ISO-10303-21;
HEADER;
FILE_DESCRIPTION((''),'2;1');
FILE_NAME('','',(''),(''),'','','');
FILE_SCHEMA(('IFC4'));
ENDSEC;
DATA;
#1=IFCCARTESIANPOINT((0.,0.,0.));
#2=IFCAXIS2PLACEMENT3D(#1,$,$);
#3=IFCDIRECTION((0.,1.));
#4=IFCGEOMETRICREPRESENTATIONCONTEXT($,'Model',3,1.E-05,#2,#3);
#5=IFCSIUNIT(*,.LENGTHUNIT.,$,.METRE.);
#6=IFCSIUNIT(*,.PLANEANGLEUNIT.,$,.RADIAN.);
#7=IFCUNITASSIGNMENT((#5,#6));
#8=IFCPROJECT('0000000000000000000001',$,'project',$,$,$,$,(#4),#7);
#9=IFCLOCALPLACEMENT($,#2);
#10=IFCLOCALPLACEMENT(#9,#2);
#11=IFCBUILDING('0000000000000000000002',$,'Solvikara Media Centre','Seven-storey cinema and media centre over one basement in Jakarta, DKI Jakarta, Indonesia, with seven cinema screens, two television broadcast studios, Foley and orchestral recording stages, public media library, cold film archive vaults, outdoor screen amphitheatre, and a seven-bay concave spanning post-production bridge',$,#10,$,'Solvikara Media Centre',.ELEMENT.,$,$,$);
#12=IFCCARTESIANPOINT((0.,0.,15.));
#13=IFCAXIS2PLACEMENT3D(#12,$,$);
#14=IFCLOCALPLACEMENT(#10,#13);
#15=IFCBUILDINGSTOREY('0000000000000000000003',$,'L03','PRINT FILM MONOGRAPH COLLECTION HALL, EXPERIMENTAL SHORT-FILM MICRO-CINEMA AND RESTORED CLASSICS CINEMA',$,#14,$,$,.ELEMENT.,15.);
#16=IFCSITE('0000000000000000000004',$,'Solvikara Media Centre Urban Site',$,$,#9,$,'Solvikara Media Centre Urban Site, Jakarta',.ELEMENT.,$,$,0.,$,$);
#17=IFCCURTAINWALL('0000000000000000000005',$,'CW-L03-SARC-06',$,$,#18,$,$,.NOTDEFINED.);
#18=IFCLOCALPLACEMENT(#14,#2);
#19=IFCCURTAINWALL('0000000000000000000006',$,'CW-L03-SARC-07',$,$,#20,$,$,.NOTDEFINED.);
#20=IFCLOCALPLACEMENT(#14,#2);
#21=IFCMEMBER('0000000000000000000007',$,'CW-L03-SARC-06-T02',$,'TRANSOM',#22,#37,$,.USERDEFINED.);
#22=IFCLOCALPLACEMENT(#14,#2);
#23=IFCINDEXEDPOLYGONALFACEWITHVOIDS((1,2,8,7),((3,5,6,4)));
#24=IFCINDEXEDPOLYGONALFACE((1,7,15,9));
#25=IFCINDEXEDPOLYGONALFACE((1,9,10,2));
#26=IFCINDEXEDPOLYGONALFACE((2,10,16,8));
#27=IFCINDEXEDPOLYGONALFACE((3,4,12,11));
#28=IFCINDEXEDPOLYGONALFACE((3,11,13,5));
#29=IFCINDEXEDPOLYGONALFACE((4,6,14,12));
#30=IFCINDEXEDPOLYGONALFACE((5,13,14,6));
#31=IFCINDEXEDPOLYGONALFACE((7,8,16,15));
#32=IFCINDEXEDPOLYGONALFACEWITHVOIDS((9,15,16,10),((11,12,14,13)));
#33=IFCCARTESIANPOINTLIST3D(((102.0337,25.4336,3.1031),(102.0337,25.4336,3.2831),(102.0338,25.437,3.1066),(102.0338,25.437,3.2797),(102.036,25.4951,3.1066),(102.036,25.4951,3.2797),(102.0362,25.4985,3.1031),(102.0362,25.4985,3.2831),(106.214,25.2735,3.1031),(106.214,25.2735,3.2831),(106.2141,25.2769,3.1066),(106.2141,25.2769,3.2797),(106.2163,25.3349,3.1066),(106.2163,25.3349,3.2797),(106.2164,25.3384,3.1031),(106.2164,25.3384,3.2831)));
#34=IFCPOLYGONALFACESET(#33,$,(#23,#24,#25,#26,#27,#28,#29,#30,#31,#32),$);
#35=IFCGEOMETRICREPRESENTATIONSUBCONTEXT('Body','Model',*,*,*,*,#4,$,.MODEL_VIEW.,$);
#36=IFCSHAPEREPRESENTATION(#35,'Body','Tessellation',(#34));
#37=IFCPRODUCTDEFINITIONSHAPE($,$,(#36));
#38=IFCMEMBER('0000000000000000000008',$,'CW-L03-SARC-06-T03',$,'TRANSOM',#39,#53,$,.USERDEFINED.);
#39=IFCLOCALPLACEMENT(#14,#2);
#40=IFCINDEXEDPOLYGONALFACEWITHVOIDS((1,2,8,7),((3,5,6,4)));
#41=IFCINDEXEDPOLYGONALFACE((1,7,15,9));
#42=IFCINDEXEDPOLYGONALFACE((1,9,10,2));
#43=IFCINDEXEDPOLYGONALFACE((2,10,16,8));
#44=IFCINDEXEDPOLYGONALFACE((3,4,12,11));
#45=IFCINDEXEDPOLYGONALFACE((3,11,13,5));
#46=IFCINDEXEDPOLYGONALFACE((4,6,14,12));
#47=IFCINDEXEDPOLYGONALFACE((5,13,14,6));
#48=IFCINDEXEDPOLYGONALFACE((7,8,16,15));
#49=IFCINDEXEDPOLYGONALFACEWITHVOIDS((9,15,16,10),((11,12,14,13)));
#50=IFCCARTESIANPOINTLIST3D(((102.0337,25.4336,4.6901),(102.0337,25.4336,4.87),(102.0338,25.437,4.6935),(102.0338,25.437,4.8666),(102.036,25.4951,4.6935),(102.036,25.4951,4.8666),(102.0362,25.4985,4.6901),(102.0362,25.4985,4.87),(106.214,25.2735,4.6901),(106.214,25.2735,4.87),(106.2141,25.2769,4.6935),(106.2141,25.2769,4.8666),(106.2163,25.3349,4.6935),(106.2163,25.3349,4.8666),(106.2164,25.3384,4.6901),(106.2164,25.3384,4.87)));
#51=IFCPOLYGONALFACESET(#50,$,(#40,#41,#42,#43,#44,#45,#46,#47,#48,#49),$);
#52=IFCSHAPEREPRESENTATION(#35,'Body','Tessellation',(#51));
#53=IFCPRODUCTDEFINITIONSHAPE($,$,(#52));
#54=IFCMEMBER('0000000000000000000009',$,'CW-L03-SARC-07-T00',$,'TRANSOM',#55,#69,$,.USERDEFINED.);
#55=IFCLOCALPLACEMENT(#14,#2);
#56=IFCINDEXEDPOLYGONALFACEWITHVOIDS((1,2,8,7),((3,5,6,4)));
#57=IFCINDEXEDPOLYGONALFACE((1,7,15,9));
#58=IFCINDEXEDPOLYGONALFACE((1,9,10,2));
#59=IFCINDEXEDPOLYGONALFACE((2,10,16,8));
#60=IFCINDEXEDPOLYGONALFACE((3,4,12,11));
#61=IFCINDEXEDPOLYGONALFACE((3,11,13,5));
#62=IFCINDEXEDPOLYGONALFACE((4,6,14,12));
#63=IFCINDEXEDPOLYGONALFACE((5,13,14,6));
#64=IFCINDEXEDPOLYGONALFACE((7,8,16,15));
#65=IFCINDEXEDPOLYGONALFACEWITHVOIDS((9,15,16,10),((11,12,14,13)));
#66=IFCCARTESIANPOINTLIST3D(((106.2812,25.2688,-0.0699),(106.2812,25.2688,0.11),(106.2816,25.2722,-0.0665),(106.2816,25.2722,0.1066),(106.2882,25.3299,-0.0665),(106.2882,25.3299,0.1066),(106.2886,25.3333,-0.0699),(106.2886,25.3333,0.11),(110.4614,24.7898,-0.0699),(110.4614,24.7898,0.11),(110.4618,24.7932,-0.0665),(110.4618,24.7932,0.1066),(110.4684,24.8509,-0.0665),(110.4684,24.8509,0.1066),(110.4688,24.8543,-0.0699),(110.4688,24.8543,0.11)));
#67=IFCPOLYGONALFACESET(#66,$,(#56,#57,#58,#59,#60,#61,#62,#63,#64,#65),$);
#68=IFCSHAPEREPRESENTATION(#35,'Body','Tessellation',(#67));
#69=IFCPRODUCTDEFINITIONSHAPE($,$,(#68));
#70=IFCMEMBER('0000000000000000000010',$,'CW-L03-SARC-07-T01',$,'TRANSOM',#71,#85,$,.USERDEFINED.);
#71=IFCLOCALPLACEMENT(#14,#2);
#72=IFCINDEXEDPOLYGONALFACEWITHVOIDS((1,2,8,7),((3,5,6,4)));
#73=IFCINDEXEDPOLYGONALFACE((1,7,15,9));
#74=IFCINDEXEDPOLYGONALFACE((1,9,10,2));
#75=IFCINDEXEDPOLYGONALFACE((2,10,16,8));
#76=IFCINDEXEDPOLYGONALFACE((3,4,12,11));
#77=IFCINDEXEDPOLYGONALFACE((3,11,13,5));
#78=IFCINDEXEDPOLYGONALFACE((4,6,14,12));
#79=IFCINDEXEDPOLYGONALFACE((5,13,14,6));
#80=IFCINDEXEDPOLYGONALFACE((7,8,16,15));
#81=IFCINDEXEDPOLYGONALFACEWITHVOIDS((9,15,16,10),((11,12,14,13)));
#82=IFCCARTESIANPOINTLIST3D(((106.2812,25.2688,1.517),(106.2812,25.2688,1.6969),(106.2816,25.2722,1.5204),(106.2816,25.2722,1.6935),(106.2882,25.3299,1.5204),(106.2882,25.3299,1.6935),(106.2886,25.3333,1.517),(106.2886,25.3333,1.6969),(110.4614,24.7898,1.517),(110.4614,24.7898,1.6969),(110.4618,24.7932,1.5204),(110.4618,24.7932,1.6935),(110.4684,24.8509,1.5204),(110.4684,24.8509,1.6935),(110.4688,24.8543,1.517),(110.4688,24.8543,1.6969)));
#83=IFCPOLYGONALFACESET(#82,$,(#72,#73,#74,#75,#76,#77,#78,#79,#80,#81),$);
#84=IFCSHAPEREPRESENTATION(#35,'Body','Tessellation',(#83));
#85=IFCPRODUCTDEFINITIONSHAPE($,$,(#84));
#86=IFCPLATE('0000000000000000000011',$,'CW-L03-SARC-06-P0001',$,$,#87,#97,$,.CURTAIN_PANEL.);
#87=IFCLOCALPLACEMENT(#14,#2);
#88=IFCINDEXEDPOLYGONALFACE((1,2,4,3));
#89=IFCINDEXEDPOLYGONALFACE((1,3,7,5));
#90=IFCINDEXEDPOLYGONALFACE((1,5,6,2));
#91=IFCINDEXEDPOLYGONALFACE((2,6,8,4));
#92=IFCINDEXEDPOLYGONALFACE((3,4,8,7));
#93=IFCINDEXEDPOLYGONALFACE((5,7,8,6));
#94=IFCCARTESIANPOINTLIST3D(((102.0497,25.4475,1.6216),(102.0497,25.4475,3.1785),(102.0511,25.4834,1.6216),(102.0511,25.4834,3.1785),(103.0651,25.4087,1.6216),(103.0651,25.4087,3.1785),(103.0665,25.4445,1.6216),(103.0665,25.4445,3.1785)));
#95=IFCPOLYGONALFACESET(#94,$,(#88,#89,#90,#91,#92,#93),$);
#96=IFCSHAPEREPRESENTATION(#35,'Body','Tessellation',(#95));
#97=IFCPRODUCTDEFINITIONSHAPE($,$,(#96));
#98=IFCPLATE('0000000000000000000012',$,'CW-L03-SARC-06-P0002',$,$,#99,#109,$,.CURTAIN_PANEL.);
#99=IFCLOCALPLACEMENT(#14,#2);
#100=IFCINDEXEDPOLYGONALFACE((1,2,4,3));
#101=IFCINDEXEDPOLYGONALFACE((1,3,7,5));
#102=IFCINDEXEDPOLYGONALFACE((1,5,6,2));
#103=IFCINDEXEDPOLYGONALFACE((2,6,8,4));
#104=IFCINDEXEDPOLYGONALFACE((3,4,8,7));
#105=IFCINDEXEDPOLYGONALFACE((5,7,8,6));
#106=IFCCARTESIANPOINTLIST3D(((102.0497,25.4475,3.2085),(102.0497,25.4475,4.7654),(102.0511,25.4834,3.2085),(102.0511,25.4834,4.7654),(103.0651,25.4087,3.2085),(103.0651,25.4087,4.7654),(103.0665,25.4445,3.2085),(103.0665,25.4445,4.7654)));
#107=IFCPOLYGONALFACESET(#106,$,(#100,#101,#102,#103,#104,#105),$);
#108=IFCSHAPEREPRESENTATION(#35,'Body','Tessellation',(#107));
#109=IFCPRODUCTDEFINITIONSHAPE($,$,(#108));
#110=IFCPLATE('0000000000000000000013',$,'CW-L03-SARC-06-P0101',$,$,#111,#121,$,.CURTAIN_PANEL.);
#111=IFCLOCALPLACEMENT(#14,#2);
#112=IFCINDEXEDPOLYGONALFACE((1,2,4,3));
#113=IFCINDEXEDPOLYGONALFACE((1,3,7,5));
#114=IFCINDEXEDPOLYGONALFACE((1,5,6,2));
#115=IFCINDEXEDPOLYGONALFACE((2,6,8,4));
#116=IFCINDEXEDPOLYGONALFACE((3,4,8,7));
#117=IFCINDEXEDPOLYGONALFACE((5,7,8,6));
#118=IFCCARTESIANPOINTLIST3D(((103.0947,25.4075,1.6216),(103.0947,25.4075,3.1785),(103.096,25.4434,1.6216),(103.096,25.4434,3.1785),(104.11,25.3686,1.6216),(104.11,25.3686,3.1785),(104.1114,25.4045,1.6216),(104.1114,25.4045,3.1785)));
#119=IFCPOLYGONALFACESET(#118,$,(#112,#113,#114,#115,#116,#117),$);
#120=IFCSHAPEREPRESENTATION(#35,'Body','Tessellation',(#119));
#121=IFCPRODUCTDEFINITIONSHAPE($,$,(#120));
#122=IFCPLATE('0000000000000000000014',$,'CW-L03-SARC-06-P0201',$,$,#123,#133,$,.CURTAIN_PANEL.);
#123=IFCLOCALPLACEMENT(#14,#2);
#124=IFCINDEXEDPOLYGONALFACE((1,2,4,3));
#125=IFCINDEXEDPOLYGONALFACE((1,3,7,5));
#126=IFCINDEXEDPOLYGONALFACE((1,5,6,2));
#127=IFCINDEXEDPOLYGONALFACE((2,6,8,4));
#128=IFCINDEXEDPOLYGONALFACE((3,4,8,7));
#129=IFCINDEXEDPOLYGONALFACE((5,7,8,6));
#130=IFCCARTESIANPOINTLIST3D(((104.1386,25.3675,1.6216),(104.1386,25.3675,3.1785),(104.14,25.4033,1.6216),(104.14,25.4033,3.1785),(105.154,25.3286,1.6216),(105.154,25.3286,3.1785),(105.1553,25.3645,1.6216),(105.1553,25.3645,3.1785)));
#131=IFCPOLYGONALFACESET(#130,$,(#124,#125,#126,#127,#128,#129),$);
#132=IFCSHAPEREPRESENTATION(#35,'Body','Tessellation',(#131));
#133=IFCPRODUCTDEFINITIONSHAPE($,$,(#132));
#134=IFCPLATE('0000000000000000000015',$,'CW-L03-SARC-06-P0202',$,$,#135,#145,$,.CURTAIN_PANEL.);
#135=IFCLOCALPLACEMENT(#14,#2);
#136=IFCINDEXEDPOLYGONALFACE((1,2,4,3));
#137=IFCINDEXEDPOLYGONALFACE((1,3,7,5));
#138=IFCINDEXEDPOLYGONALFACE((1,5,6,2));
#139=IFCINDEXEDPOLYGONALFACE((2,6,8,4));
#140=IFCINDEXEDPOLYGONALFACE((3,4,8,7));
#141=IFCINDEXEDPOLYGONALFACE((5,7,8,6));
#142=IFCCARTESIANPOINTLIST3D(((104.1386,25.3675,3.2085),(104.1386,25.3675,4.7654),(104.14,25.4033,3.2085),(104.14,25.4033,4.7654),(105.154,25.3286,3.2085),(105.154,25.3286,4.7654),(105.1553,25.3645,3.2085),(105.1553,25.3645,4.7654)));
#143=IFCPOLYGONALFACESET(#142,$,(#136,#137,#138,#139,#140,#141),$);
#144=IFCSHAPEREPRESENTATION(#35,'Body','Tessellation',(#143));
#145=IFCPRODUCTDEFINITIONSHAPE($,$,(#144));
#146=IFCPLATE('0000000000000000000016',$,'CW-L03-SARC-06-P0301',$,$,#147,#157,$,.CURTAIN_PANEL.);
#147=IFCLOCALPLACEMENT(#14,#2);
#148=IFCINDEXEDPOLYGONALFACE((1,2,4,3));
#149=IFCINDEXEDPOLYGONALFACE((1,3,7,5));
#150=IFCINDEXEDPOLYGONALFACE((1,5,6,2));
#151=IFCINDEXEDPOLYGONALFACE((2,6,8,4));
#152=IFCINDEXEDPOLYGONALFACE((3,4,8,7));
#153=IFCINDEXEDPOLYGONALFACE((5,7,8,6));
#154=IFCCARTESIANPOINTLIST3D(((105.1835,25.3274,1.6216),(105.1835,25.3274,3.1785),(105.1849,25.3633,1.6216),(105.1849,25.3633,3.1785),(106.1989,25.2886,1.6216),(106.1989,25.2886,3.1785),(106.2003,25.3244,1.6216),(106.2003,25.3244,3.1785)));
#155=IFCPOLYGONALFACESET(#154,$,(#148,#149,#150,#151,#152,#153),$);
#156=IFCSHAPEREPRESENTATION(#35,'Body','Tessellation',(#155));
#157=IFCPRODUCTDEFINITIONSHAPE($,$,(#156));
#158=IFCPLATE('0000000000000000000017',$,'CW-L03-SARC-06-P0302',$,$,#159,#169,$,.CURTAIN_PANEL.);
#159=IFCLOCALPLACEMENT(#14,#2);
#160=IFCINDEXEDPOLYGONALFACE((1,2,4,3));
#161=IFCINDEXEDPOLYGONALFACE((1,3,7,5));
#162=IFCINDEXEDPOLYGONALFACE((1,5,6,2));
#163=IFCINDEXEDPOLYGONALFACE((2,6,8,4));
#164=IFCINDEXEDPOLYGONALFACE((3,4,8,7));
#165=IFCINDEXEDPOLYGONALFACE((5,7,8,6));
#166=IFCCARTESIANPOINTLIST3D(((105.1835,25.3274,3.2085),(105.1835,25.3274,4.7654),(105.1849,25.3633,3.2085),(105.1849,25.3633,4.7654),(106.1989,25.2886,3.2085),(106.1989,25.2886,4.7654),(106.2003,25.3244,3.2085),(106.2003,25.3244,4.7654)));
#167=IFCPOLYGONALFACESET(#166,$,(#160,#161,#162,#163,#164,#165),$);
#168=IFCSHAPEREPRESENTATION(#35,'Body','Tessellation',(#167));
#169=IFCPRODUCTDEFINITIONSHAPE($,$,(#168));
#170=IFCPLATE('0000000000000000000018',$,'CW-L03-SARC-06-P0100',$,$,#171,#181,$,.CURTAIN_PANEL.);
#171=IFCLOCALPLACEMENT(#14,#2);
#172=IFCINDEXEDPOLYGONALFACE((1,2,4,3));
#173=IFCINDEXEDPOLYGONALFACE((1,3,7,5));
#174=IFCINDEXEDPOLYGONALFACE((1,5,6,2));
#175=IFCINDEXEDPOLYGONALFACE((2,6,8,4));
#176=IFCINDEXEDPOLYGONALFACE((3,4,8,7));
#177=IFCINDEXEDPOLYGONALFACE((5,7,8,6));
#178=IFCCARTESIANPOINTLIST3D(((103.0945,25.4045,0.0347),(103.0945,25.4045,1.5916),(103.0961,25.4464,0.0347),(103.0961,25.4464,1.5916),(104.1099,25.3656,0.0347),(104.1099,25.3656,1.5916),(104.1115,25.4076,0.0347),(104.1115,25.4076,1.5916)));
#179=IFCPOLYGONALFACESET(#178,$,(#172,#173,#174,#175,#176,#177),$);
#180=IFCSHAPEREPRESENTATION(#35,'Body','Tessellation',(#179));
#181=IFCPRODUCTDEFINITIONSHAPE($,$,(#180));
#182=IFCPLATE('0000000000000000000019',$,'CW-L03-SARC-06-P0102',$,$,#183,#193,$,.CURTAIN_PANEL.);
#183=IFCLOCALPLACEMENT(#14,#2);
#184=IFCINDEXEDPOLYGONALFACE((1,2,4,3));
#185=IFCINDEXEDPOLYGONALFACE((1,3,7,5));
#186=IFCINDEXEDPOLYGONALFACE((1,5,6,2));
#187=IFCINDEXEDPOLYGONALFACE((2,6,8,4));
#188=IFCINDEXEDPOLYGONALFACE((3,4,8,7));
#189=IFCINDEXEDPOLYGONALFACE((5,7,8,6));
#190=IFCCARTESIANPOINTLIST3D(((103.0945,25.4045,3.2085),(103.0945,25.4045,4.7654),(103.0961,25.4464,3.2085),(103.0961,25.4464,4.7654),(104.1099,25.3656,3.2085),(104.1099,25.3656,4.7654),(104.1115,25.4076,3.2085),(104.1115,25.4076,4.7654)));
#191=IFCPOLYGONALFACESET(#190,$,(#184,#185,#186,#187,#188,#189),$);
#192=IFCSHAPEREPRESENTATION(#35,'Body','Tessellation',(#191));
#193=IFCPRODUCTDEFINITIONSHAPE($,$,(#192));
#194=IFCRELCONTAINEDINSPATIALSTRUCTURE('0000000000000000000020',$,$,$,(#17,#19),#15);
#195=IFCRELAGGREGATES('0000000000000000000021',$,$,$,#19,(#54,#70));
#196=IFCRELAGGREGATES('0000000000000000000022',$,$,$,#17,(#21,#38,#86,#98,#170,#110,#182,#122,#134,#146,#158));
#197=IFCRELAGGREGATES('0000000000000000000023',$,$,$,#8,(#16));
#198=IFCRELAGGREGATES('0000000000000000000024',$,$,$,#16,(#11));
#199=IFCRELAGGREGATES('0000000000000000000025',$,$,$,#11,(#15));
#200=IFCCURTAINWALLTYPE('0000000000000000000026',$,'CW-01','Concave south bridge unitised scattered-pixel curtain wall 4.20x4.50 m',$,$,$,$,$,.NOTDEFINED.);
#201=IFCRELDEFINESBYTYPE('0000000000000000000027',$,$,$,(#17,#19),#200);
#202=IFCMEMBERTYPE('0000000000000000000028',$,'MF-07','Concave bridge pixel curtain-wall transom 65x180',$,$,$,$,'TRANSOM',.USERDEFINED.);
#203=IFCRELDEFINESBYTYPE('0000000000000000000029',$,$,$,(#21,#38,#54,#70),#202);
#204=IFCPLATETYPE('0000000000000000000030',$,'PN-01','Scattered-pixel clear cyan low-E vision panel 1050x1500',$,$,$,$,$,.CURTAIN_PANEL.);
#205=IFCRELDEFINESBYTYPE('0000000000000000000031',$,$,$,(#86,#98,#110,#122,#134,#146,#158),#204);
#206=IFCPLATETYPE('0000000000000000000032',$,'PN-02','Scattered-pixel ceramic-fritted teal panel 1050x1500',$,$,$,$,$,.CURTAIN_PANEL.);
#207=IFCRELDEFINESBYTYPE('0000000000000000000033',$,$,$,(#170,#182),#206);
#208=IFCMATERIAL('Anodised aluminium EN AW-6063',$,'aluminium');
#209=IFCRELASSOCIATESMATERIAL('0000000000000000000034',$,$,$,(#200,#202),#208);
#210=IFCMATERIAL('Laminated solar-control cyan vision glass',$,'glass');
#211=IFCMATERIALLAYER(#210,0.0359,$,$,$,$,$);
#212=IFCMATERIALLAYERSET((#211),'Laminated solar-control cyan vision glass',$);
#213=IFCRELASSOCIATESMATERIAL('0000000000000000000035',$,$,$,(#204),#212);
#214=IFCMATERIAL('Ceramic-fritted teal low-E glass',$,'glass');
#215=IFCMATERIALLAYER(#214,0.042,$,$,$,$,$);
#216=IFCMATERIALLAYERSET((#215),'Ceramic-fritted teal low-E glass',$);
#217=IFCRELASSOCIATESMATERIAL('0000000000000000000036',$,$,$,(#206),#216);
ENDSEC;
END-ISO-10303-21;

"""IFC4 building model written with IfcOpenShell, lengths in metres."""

from ifc_helpers import new_model, si_unit, direction, frame, origin, origin_2d, place, context, subcontext, project, spatial, rectangle, hollow_rectangle, extrude, material, layer, layer_set, material_profile, profile_set, type_object, element, aggregate, save


model = new_model("IFC4")

# Units and contexts
model_context = context("Model", 3, precision=1e-05, world=origin(), true_north=direction((0.0, 1.0)))
body_context = subcontext(model_context, "Body", "Model", "MODEL_VIEW")
ifc_project = project(units=[si_unit("LENGTHUNIT", "METRE"), si_unit("PLANEANGLEUNIT", "RADIAN")], contexts=[model_context])

# Site, building, storey
site_placement = place(None, origin())
site = spatial("IfcSite", under=ifc_project, at=site_placement, Name="Solvikara Media Centre Urban Site", LongName="Solvikara Media Centre Urban Site, Jakarta", CompositionType="ELEMENT", RefElevation=0.0)
building_placement = place(site_placement, origin())
building = spatial("IfcBuilding", under=site, at=building_placement, Name="Solvikara Media Centre", Description="Seven-storey cinema and media centre over one basement in Jakarta, DKI Jakarta, Indonesia, with seven cinema screens, two television broadcast studios, Foley and orchestral recording stages, public media library, cold film archive vaults, outdoor screen amphitheatre, and a seven-bay concave spanning post-production bridge", LongName="Solvikara Media Centre", CompositionType="ELEMENT")
storey_placement = place(building_placement, frame((0.0, 0.0, 15.0)))
storey = spatial("IfcBuildingStorey", under=building, at=storey_placement, Name="L03", Description="PRINT FILM MONOGRAPH COLLECTION HALL, EXPERIMENTAL SHORT-FILM MICRO-CINEMA AND RESTORED CLASSICS CINEMA", CompositionType="ELEMENT", Elevation=15.0)

# Curtain wall
ifc_material_1 = material(Name="Anodised aluminium EN AW-6063", Category="aluminium")
curtain_wall_type = type_object("IfcCurtainWallType", Name="CW-01", Description="Concave south bridge unitised scattered-pixel curtain wall 4.20x4.50 m", PredefinedType="NOTDEFINED", material=ifc_material_1)
curtain_wall_1_placement = place(storey_placement, origin())
curtain_wall_1 = element("IfcCurtainWall", 1, at=curtain_wall_1_placement, inside=storey, type_object=curtain_wall_type, Name="CW-L03-SARC-06", PredefinedType="NOTDEFINED")

# Curtain wall
curtain_wall_2_placement = place(storey_placement, origin())
curtain_wall_2 = element("IfcCurtainWall", 2, at=curtain_wall_2_placement, inside=storey, type_object=curtain_wall_type, Name="CW-L03-SARC-07", PredefinedType="NOTDEFINED")

# Members
ifc_material_profile_1 = material_profile(ifc_material_1, hollow_rectangle(XDim=0.0649, YDim=0.1799, WallThickness=0.0034, at=origin_2d()), Name="ALU-T 65x180x3.5")
ifc_profile_set_1 = profile_set([ifc_material_profile_1], Name="Anodised aluminium EN AW-6063")
member_type_1 = type_object("IfcMemberType", Name="MF-07", Description="Concave bridge pixel curtain-wall transom 65x180", ElementType="TRANSOM", PredefinedType="USERDEFINED", material=ifc_profile_set_1)
member_1_placement = place(storey_placement, frame((102.0349, 25.4661, 3.1931), z_axis=(0.999267, -0.038285, 0.0), x_axis=(0.038285, 0.999267, 0.0)))
member_1 = element("IfcMember", 3, at=member_1_placement, type_object=member_type_1, Name="CW-L03-SARC-06-T02", ObjectType="TRANSOM", PredefinedType="USERDEFINED", context=body_context, shape_type="SweptSolid", body=[
    extrude(hollow_rectangle(XDim=0.0649, YDim=0.1799, WallThickness=0.0034, at=origin_2d()), origin(), (0.0, 0.0, 1.0), 4.1833),
])
member_2_placement = place(storey_placement, frame((102.0349, 25.4661, 4.78), z_axis=(0.999267, -0.038285, 0.0), x_axis=(0.038285, 0.999267, 0.0)))
member_2 = element("IfcMember", 4, at=member_2_placement, type_object=member_type_1, Name="CW-L03-SARC-06-T03", ObjectType="TRANSOM", PredefinedType="USERDEFINED", context=body_context, shape_type="SweptSolid", body=[
    extrude(hollow_rectangle(XDim=0.0649, YDim=0.1799, WallThickness=0.0034, at=origin_2d()), origin(), (0.0, 0.0, 1.0), 4.1833),
])
member_3_placement = place(storey_placement, frame((106.2849, 25.301, 0.02), z_axis=(0.993499, -0.113844, 0.0), x_axis=(0.113844, 0.993499, 0.0)))
member_3 = element("IfcMember", 5, at=member_3_placement, type_object=member_type_1, Name="CW-L03-SARC-07-T00", ObjectType="TRANSOM", PredefinedType="USERDEFINED", context=body_context, shape_type="SweptSolid", body=[
    extrude(hollow_rectangle(XDim=0.0649, YDim=0.1799, WallThickness=0.0034, at=origin_2d()), origin(), (0.0, 0.0, 1.0), 4.2075),
])
member_4_placement = place(storey_placement, frame((106.2849, 25.301, 1.6069), z_axis=(0.993499, -0.113844, 0.0), x_axis=(0.113844, 0.993499, 0.0)))
member_4 = element("IfcMember", 6, at=member_4_placement, type_object=member_type_1, Name="CW-L03-SARC-07-T01", ObjectType="TRANSOM", PredefinedType="USERDEFINED", context=body_context, shape_type="SweptSolid", body=[
    extrude(hollow_rectangle(XDim=0.0649, YDim=0.1799, WallThickness=0.0034, at=origin_2d()), origin(), (0.0, 0.0, 1.0), 4.2075),
])
aggregate(curtain_wall_2, [member_3, member_4])

# Plates
ifc_material_2 = material(Name="Laminated solar-control cyan vision glass", Category="glass")
ifc_layer_1 = layer(ifc_material_2, 0.0359)
ifc_layer_set_1 = layer_set([ifc_layer_1], Name="Laminated solar-control cyan vision glass")
plate_type_1 = type_object("IfcPlateType", Name="PN-01", Description="Scattered-pixel clear cyan low-E vision panel 1050x1500", PredefinedType="CURTAIN_PANEL", material=ifc_layer_set_1)
plate_1_placement = place(storey_placement, frame((102.5581, 25.446, 1.6216), z_axis=(0.0, 0.0, 1.0), x_axis=(0.999268, -0.038248, 0.0)))
plate_1 = element("IfcPlate", 7, at=plate_1_placement, type_object=plate_type_1, Name="CW-L03-SARC-06-P0001", PredefinedType="CURTAIN_PANEL", context=body_context, shape_type="SweptSolid", body=[
    extrude(rectangle(XDim=1.0161, YDim=0.0359, at=origin_2d()), origin(), (0.0, 0.0, 1.0), 1.5569),
])
plate_2_placement = place(storey_placement, frame((102.5581, 25.446, 3.2085), z_axis=(0.0, 0.0, 1.0), x_axis=(0.999268, -0.038248, 0.0)))
plate_2 = element("IfcPlate", 8, at=plate_2_placement, type_object=plate_type_1, Name="CW-L03-SARC-06-P0002", PredefinedType="CURTAIN_PANEL", context=body_context, shape_type="SweptSolid", body=[
    extrude(rectangle(XDim=1.0161, YDim=0.0359, at=origin_2d()), origin(), (0.0, 0.0, 1.0), 1.5569),
])
plate_3_placement = place(storey_placement, frame((103.603, 25.406, 1.6216), z_axis=(0.0, 0.0, 1.0), x_axis=(0.999268, -0.038248, 0.0)))
plate_3 = element("IfcPlate", 9, at=plate_3_placement, type_object=plate_type_1, Name="CW-L03-SARC-06-P0101", PredefinedType="CURTAIN_PANEL", context=body_context, shape_type="SweptSolid", body=[
    extrude(rectangle(XDim=1.0161, YDim=0.0359, at=origin_2d()), origin(), (0.0, 0.0, 1.0), 1.5569),
])
plate_4_placement = place(storey_placement, frame((104.647, 25.366, 1.6216), z_axis=(0.0, 0.0, 1.0), x_axis=(0.999268, -0.038248, 0.0)))
plate_4 = element("IfcPlate", 10, at=plate_4_placement, type_object=plate_type_1, Name="CW-L03-SARC-06-P0201", PredefinedType="CURTAIN_PANEL", context=body_context, shape_type="SweptSolid", body=[
    extrude(rectangle(XDim=1.0161, YDim=0.0359, at=origin_2d()), origin(), (0.0, 0.0, 1.0), 1.5569),
])
plate_5_placement = place(storey_placement, frame((104.647, 25.366, 3.2085), z_axis=(0.0, 0.0, 1.0), x_axis=(0.999268, -0.038248, 0.0)))
plate_5 = element("IfcPlate", 11, at=plate_5_placement, type_object=plate_type_1, Name="CW-L03-SARC-06-P0202", PredefinedType="CURTAIN_PANEL", context=body_context, shape_type="SweptSolid", body=[
    extrude(rectangle(XDim=1.0161, YDim=0.0359, at=origin_2d()), origin(), (0.0, 0.0, 1.0), 1.5569),
])
plate_6_placement = place(storey_placement, frame((105.6919, 25.3259, 1.6216), z_axis=(0.0, 0.0, 1.0), x_axis=(0.999268, -0.038248, 0.0)))
plate_6 = element("IfcPlate", 12, at=plate_6_placement, type_object=plate_type_1, Name="CW-L03-SARC-06-P0301", PredefinedType="CURTAIN_PANEL", context=body_context, shape_type="SweptSolid", body=[
    extrude(rectangle(XDim=1.0161, YDim=0.0359, at=origin_2d()), origin(), (0.0, 0.0, 1.0), 1.5569),
])
plate_7_placement = place(storey_placement, frame((105.6919, 25.3259, 3.2085), z_axis=(0.0, 0.0, 1.0), x_axis=(0.999268, -0.038248, 0.0)))
plate_7 = element("IfcPlate", 13, at=plate_7_placement, type_object=plate_type_1, Name="CW-L03-SARC-06-P0302", PredefinedType="CURTAIN_PANEL", context=body_context, shape_type="SweptSolid", body=[
    extrude(rectangle(XDim=1.0161, YDim=0.0359, at=origin_2d()), origin(), (0.0, 0.0, 1.0), 1.5569),
])
ifc_material_3 = material(Name="Ceramic-fritted teal low-E glass", Category="glass")
ifc_layer_2 = layer(ifc_material_3, 0.042)
ifc_layer_set_2 = layer_set([ifc_layer_2], Name="Ceramic-fritted teal low-E glass")
plate_type_2 = type_object("IfcPlateType", Name="PN-02", Description="Scattered-pixel ceramic-fritted teal panel 1050x1500", PredefinedType="CURTAIN_PANEL", material=ifc_layer_set_2)
plate_8_placement = place(storey_placement, frame((103.603, 25.406, 0.0347), z_axis=(0.0, 0.0, 1.0), x_axis=(0.999268, -0.038248, 0.0)))
plate_8 = element("IfcPlate", 14, at=plate_8_placement, type_object=plate_type_2, Name="CW-L03-SARC-06-P0100", PredefinedType="CURTAIN_PANEL", context=body_context, shape_type="SweptSolid", body=[
    extrude(rectangle(XDim=1.0161, YDim=0.042, at=origin_2d()), origin(), (0.0, 0.0, 1.0), 1.5569),
])
plate_9_placement = place(storey_placement, frame((103.603, 25.406, 3.2085), z_axis=(0.0, 0.0, 1.0), x_axis=(0.999268, -0.038248, 0.0)))
plate_9 = element("IfcPlate", 15, at=plate_9_placement, type_object=plate_type_2, Name="CW-L03-SARC-06-P0102", PredefinedType="CURTAIN_PANEL", context=body_context, shape_type="SweptSolid", body=[
    extrude(rectangle(XDim=1.0161, YDim=0.042, at=origin_2d()), origin(), (0.0, 0.0, 1.0), 1.5569),
])
aggregate(curtain_wall_1, [member_1, member_2, plate_1, plate_2, plate_8, plate_3, plate_9, plate_4, plate_5, plate_6, plate_7])

save(model, "model.ifc")
